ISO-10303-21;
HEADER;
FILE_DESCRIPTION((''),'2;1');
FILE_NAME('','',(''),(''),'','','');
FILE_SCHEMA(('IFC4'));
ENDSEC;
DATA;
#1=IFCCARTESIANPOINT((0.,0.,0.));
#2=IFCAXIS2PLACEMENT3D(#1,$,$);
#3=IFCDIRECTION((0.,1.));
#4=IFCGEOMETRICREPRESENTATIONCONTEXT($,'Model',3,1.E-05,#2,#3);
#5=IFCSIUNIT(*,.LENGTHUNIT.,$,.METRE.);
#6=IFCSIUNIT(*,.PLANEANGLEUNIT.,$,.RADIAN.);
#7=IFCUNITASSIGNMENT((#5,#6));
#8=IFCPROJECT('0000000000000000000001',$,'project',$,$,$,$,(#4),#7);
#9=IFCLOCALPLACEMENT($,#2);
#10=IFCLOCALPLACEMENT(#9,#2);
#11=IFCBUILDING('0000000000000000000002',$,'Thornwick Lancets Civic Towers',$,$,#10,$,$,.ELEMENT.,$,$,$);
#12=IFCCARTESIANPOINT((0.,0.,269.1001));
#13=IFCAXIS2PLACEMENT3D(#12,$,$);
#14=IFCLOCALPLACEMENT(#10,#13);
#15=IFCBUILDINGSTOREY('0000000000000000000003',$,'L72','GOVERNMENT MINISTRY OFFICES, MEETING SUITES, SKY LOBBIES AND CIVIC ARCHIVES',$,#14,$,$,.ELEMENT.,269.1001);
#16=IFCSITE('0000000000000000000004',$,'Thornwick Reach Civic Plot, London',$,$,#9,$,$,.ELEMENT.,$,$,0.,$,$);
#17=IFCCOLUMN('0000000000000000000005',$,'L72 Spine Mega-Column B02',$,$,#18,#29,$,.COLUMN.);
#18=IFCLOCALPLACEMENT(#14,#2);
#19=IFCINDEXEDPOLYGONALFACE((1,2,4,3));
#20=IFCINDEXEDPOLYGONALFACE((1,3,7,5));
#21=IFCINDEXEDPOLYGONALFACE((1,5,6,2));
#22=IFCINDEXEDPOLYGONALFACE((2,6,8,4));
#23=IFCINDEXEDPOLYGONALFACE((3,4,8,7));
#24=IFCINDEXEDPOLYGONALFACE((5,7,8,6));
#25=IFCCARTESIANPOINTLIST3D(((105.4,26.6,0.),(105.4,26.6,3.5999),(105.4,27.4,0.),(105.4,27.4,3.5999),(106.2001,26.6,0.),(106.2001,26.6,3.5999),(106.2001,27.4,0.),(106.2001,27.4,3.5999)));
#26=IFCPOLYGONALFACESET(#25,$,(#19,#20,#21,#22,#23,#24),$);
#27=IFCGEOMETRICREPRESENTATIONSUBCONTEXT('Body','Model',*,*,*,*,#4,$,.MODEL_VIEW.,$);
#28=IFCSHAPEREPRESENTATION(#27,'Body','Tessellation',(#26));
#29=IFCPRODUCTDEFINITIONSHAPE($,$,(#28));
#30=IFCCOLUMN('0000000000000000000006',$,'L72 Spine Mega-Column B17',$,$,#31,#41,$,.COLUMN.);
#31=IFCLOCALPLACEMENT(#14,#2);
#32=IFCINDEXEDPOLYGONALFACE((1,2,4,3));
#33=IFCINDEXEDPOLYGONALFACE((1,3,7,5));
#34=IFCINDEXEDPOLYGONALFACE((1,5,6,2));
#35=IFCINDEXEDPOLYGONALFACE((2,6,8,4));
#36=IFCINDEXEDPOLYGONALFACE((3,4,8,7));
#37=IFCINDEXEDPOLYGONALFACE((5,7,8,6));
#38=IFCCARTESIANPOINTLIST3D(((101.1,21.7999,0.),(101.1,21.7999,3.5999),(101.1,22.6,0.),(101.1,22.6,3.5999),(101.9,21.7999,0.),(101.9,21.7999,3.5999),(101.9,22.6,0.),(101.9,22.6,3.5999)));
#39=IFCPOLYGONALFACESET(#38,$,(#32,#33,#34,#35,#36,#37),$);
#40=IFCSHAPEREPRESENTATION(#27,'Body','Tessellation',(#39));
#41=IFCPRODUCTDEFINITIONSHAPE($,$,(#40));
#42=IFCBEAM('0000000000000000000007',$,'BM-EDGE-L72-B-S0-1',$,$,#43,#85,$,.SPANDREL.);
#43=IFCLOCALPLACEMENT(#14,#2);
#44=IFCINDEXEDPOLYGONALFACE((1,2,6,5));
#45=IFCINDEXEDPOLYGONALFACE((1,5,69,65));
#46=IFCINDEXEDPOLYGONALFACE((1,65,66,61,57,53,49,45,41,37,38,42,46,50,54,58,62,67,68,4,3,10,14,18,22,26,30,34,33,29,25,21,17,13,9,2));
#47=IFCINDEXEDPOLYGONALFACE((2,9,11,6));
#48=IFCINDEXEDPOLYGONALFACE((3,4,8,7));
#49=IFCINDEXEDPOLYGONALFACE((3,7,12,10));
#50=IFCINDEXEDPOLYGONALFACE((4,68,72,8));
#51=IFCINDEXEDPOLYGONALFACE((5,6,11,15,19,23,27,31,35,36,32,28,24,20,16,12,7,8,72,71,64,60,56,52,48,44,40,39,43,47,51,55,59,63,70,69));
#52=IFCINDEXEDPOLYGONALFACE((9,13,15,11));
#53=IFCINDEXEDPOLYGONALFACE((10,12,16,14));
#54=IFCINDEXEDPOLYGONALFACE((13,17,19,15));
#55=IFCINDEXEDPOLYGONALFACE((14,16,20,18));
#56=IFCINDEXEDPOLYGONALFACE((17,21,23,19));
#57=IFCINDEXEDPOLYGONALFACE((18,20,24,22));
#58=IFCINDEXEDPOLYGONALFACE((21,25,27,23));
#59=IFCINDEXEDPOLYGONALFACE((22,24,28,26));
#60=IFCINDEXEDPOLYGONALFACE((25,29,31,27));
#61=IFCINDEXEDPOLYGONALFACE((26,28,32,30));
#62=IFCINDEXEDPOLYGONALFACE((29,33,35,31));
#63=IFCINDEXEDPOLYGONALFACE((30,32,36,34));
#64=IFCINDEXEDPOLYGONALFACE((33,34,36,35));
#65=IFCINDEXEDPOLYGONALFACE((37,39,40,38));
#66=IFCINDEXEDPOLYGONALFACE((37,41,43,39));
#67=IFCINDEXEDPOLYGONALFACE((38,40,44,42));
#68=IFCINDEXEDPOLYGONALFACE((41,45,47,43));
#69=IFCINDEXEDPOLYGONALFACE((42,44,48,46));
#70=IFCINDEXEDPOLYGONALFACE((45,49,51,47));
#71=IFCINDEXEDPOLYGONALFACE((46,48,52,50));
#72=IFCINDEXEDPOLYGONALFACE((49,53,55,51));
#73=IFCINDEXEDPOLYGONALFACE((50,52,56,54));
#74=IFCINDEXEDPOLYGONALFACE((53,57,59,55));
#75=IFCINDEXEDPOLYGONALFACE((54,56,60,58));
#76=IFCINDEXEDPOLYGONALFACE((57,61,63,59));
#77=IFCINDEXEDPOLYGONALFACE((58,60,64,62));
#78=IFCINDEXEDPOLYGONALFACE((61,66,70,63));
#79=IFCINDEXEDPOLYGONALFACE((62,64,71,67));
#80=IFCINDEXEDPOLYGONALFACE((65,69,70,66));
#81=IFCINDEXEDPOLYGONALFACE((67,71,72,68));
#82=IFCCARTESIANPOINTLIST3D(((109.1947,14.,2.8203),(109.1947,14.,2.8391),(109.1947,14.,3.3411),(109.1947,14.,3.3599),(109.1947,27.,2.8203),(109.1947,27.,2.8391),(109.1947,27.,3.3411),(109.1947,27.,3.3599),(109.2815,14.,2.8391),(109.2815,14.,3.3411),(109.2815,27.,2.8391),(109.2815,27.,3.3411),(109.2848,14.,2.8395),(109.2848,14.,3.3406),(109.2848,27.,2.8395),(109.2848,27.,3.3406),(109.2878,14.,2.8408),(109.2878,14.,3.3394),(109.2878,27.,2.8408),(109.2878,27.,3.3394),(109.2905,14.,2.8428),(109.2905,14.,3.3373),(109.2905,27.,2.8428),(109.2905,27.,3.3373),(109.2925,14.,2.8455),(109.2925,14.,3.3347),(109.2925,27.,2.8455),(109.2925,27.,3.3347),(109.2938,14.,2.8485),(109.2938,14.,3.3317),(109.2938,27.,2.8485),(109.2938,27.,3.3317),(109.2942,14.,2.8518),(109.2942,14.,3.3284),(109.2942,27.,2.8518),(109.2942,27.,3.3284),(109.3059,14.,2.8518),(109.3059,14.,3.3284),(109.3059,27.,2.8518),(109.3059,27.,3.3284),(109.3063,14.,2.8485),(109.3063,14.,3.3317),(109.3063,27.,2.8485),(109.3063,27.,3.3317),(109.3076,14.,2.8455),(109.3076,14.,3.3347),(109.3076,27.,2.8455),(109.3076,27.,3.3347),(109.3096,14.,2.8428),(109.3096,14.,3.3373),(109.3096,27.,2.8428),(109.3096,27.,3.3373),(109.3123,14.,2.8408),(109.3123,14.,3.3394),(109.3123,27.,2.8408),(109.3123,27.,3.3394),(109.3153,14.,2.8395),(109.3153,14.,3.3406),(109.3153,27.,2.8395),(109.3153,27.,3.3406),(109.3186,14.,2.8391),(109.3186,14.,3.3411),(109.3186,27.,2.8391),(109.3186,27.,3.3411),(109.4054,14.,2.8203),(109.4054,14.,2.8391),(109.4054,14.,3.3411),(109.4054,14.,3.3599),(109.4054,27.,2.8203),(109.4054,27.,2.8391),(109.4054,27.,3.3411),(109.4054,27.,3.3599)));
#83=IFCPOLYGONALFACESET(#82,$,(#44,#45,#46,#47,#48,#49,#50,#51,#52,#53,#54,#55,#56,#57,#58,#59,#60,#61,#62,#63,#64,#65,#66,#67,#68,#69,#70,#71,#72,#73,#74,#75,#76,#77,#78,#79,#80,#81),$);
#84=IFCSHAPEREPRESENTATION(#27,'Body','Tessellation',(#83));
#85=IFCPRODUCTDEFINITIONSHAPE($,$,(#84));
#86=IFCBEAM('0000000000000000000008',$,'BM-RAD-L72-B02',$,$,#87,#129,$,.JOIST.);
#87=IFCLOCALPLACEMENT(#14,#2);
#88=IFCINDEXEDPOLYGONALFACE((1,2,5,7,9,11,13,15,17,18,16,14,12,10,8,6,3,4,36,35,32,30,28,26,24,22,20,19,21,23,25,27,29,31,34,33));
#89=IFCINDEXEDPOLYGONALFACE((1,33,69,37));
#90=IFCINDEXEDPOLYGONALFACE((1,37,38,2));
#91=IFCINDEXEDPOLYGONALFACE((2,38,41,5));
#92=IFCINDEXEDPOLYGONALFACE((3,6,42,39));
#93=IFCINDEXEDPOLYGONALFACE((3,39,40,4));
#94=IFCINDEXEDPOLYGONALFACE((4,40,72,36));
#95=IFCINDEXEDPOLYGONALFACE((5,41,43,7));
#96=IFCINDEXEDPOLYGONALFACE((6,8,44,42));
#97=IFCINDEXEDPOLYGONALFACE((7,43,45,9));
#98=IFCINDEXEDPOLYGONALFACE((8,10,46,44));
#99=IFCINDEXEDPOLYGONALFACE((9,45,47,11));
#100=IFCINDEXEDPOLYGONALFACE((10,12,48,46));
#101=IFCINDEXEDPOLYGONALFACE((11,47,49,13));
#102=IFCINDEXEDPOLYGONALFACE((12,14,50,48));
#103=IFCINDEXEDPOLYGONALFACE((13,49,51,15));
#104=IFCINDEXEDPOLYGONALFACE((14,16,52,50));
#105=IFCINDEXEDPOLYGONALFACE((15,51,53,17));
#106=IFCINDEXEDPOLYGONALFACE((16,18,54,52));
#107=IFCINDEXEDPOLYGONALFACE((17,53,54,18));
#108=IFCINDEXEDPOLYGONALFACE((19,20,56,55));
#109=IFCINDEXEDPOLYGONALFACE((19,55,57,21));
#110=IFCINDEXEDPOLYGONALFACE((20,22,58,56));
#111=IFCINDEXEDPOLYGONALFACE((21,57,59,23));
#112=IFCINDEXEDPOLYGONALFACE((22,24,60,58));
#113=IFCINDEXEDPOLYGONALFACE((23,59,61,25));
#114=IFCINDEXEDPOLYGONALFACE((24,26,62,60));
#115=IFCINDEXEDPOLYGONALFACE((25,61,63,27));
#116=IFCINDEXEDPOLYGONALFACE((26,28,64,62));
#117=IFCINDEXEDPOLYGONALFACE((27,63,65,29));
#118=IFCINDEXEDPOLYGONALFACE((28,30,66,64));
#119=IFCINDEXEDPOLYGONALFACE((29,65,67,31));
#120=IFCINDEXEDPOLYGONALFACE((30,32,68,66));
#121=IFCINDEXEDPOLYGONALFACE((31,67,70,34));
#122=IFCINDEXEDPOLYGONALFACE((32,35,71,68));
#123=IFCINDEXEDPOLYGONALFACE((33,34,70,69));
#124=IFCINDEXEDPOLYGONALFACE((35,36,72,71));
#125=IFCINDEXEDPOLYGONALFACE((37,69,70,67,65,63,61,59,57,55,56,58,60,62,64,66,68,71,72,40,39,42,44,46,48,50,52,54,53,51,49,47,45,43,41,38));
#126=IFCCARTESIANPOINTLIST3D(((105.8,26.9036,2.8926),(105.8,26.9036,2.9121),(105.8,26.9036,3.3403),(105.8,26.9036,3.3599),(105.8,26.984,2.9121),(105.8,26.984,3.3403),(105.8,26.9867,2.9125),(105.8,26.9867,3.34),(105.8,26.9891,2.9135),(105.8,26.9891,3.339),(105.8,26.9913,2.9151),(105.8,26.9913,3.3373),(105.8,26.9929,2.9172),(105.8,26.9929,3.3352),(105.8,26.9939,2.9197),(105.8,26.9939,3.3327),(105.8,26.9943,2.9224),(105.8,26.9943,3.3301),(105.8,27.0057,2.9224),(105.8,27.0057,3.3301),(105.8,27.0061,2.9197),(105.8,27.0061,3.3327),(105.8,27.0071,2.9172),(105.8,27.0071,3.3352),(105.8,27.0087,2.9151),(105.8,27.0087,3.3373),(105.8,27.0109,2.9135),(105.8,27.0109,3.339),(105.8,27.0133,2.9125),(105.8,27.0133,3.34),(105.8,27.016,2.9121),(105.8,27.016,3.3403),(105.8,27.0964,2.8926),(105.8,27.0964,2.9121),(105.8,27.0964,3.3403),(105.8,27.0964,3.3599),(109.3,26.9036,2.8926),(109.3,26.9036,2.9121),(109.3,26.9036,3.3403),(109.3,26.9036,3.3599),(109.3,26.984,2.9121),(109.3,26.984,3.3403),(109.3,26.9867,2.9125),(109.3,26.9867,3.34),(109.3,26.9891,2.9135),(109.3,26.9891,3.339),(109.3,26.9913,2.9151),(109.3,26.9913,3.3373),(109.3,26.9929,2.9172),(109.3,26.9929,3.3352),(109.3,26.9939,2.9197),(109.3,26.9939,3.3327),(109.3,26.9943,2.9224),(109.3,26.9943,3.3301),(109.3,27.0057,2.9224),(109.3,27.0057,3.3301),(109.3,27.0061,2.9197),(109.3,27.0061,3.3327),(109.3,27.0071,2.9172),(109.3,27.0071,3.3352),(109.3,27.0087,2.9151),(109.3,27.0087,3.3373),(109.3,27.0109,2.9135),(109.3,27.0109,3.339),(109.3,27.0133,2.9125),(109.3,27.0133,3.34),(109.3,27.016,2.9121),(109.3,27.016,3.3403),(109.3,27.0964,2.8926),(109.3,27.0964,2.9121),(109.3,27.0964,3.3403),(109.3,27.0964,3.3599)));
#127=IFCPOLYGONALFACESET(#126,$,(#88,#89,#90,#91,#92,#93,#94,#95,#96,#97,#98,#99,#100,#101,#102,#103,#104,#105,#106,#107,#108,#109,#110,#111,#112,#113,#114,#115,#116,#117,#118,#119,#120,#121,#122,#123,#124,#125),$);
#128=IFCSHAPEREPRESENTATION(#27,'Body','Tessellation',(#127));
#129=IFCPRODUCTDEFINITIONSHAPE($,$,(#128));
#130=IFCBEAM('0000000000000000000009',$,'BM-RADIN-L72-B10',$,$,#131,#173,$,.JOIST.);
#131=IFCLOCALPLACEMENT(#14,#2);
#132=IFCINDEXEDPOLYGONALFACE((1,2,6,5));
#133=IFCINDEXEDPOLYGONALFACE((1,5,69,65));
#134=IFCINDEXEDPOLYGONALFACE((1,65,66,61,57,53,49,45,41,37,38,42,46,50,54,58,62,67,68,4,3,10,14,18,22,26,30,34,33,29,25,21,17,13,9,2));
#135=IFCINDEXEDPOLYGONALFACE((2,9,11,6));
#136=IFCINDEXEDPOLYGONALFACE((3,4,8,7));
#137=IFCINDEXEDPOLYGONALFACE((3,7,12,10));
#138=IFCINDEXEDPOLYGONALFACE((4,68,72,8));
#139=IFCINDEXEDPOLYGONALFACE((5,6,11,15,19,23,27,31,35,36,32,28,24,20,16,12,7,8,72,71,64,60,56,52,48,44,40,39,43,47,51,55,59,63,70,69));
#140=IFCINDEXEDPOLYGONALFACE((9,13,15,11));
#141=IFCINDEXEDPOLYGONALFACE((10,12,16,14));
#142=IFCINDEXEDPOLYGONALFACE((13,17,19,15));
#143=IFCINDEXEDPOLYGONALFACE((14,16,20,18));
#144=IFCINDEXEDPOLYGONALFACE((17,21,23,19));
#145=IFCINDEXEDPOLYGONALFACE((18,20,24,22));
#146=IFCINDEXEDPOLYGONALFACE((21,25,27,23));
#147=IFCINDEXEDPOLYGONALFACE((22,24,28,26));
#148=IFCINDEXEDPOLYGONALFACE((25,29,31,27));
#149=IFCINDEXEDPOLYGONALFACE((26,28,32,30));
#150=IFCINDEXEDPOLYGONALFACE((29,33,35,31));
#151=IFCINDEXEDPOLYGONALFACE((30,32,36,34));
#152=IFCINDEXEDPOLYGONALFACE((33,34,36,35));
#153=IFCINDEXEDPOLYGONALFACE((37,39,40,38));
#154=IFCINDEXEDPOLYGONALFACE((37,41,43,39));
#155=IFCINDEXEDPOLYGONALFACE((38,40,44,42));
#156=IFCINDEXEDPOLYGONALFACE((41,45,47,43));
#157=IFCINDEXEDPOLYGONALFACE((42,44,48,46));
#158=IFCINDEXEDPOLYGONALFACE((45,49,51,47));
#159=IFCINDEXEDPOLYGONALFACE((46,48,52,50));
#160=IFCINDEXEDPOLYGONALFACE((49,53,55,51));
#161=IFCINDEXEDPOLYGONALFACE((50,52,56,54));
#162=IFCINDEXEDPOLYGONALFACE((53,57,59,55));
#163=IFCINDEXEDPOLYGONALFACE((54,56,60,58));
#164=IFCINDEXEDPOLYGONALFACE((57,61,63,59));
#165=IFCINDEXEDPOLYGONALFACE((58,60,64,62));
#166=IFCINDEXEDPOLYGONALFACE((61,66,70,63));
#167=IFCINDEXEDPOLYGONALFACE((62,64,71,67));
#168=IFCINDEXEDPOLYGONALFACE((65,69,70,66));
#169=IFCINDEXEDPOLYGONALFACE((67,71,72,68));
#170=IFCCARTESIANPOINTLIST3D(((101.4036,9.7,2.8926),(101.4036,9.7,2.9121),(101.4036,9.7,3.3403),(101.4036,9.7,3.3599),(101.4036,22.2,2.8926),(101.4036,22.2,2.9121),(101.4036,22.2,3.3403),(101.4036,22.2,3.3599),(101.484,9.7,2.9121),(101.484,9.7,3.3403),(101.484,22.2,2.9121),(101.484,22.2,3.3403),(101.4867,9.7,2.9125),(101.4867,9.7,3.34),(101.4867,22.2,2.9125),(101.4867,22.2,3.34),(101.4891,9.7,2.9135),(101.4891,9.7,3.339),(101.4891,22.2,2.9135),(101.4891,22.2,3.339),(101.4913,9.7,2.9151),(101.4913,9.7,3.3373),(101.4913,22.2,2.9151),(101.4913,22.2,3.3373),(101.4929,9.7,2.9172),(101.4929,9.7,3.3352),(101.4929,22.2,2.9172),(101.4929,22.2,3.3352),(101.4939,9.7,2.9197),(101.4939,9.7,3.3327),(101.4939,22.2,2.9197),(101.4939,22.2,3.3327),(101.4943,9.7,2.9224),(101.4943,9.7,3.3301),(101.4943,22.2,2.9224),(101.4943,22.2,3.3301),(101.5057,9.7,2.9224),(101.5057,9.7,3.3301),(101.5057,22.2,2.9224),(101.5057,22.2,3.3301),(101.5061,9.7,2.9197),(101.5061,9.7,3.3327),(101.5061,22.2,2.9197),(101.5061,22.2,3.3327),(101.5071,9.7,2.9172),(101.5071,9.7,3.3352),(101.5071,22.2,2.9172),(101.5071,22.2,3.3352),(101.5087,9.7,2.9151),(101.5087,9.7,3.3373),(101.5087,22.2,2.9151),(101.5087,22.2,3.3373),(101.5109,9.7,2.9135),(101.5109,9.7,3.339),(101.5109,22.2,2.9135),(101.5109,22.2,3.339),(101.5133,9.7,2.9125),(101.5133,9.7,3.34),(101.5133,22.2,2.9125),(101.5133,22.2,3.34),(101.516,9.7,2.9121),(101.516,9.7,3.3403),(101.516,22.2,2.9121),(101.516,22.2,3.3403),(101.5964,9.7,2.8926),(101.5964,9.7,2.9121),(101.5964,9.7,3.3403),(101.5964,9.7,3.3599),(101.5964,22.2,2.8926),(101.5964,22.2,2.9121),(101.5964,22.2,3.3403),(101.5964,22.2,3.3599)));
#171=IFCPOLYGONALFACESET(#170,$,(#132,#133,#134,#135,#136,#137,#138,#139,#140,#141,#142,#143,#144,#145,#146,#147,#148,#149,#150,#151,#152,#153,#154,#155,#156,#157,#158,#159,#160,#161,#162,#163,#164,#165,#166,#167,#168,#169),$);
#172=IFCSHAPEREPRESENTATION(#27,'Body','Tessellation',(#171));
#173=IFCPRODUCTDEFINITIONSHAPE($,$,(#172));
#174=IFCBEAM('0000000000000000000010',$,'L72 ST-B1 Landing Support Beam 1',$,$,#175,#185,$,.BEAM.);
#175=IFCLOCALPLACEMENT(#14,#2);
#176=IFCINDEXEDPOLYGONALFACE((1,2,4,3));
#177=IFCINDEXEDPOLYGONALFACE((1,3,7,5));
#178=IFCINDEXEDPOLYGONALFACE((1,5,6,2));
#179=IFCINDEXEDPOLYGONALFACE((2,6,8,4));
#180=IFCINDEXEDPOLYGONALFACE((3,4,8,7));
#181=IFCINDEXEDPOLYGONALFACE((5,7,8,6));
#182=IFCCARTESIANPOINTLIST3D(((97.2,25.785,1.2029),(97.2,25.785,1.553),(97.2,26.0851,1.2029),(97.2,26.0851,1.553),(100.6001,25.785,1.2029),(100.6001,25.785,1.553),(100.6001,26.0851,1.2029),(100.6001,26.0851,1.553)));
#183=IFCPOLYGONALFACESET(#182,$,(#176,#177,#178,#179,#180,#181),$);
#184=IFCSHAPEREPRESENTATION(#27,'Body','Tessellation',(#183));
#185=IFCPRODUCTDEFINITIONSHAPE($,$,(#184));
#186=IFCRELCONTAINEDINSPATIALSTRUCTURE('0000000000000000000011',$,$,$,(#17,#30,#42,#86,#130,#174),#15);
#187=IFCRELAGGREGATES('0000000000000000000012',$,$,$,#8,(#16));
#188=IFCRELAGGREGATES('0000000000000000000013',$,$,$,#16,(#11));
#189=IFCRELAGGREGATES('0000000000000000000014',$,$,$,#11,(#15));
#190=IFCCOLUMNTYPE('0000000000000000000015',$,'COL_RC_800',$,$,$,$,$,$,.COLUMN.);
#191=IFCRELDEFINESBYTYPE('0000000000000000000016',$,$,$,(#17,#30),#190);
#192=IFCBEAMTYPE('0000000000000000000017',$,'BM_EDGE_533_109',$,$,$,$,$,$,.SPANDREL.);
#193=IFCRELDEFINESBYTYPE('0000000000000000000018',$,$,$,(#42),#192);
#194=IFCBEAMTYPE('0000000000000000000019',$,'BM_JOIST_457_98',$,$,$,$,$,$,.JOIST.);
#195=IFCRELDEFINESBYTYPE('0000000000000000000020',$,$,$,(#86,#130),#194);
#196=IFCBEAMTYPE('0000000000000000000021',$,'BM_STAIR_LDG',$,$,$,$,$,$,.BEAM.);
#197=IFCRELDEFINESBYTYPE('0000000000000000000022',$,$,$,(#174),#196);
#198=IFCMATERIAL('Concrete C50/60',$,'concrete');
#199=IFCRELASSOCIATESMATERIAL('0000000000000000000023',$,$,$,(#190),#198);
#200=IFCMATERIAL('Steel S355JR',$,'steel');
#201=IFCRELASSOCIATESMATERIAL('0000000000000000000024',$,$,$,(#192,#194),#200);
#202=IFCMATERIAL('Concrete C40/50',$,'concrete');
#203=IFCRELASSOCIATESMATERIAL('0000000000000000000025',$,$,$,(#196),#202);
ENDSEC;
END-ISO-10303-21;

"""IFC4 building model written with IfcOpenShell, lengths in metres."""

from ifc_helpers import new_model, si_unit, direction, frame, origin, origin_2d, place, context, subcontext, project, spatial, rectangle, i_section, extrude, material, material_profile, profile_set, type_object, element, save


model = new_model("IFC4")

# Units and contexts
model_context = context("Model", 3, precision=1e-05, world=origin(), true_north=direction((0.0, 1.0)))
body_context = subcontext(model_context, "Body", "Model", "MODEL_VIEW")
ifc_project = project(units=[si_unit("LENGTHUNIT", "METRE"), si_unit("PLANEANGLEUNIT", "RADIAN")], contexts=[model_context])

# Site, building, storey
site_placement = place(None, origin())
site = spatial("IfcSite", under=ifc_project, at=site_placement, Name="Thornwick Reach Civic Plot, London", CompositionType="ELEMENT", RefElevation=0.0)
building_placement = place(site_placement, origin())
building = spatial("IfcBuilding", under=site, at=building_placement, Name="Thornwick Lancets Civic Towers", CompositionType="ELEMENT")
storey_placement = place(building_placement, frame((0.0, 0.0, 269.1001)))
storey = spatial("IfcBuildingStorey", under=building, at=storey_placement, Name="L72", Description="GOVERNMENT MINISTRY OFFICES, MEETING SUITES, SKY LOBBIES AND CIVIC ARCHIVES", CompositionType="ELEMENT", Elevation=269.1001)

# Columns
ifc_material_1 = material(Name="Concrete C50/60", Category="concrete")
ifc_material_profile_1 = material_profile(ifc_material_1, rectangle(XDim=0.8, YDim=0.8, at=origin_2d()), Name="RC 800x800")
ifc_profile_set_1 = profile_set([ifc_material_profile_1], Name="Concrete C50/60")
column_type = type_object("IfcColumnType", Name="COL_RC_800", PredefinedType="COLUMN", material=ifc_profile_set_1)
for number, where, z_axis, x_axis, name in (
    (1, (105.8, 27.0, 0.0), (0.0, 0.0, 1.0), (1.0, 0.0, 0.0), "L72 Spine Mega-Column B02"),
    (2, (101.5, 22.2, 0.0), (0.0, 0.0, 1.0), (1.0, 0.0, 0.0), "L72 Spine Mega-Column B17"),
):
    element("IfcColumn", number, at=place(storey_placement, frame(where, z_axis=z_axis, x_axis=x_axis)), inside=storey, type_object=column_type, Name=name, PredefinedType="COLUMN", context=body_context, shape_type="SweptSolid", body=[
        extrude(rectangle(XDim=0.8, YDim=0.8, at=origin_2d()), origin(), (0.0, 0.0, 1.0), 3.5999),
    ])

# Beams
ifc_material_2 = material(Name="Steel S355JR", Category="steel")
ifc_material_profile_2 = material_profile(ifc_material_2, i_section(OverallWidth=0.2107, OverallDepth=0.5396, WebThickness=0.0117, FlangeThickness=0.0188, FilletRadius=0.0127, at=origin_2d()), Name="UKB 533x210x109")
ifc_profile_set_2 = profile_set([ifc_material_profile_2], Name="Steel S355JR")
beam_type_1 = type_object("IfcBeamType", Name="BM_EDGE_533_109", PredefinedType="SPANDREL", material=ifc_profile_set_2)
beam_1_placement = place(storey_placement, frame((109.3, 14.0, 3.0901), z_axis=(0.0, 1.0, 0.0), x_axis=(-1.0, 0.0, 0.0)))
element("IfcBeam", 3, at=beam_1_placement, inside=storey, type_object=beam_type_1, Name="BM-EDGE-L72-B-S0-1", PredefinedType="SPANDREL", context=body_context, shape_type="SweptSolid", body=[
    extrude(i_section(OverallWidth=0.2107, OverallDepth=0.5396, WebThickness=0.0117, FlangeThickness=0.0188, FilletRadius=0.0127, at=origin_2d()), origin(), (0.0, 0.0, 1.0), 13.0),
])
ifc_material_profile_3 = material_profile(ifc_material_2, i_section(OverallWidth=0.1929, OverallDepth=0.4673, WebThickness=0.0115, FlangeThickness=0.0195, FilletRadius=0.0103, at=origin_2d()), Name="UKB 457x191x98")
ifc_profile_set_3 = profile_set([ifc_material_profile_3], Name="Steel S355JR")
beam_type_2 = type_object("IfcBeamType", Name="BM_JOIST_457_98", PredefinedType="JOIST", material=ifc_profile_set_3)
beam_2_placement = place(storey_placement, frame((105.8, 27.0, 3.1262), z_axis=(1.0, 0.0, 0.0), x_axis=(0.0, 1.0, 0.0)))
element("IfcBeam", 4, at=beam_2_placement, inside=storey, type_object=beam_type_2, Name="BM-RAD-L72-B02", PredefinedType="JOIST", context=body_context, shape_type="SweptSolid", body=[
    extrude(i_section(OverallWidth=0.1929, OverallDepth=0.4673, WebThickness=0.0115, FlangeThickness=0.0195, FilletRadius=0.0103, at=origin_2d()), origin(), (0.0, 0.0, 1.0), 3.5),
])
beam_3_placement = place(storey_placement, frame((101.5, 22.2, 3.1262), z_axis=(0.0, -1.0, 0.0), x_axis=(1.0, 0.0, 0.0)))
element("IfcBeam", 5, at=beam_3_placement, inside=storey, type_object=beam_type_2, Name="BM-RADIN-L72-B10", PredefinedType="JOIST", context=body_context, shape_type="SweptSolid", body=[
    extrude(i_section(OverallWidth=0.1929, OverallDepth=0.4673, WebThickness=0.0115, FlangeThickness=0.0195, FilletRadius=0.0103, at=origin_2d()), origin(), (0.0, 0.0, 1.0), 12.5),
])
ifc_material_3 = material(Name="Concrete C40/50", Category="concrete")
ifc_material_profile_4 = material_profile(ifc_material_3, rectangle(XDim=0.3, YDim=0.3501, at=origin_2d()), Name="RC 300x350")
ifc_profile_set_4 = profile_set([ifc_material_profile_4], Name="Concrete C40/50")
beam_type_3 = type_object("IfcBeamType", Name="BM_STAIR_LDG", PredefinedType="BEAM", material=ifc_profile_set_4)
beam_4_placement = place(storey_placement, frame((100.6001, 25.9351, 1.3779), z_axis=(-1.0, 0.0, 0.0), x_axis=(0.0, -1.0, 0.0)))
element("IfcBeam", 6, at=beam_4_placement, inside=storey, type_object=beam_type_3, Name="L72 ST-B1 Landing Support Beam 1", PredefinedType="BEAM", context=body_context, shape_type="SweptSolid", body=[
    extrude(rectangle(XDim=0.3, YDim=0.3501, at=origin_2d()), origin(), (0.0, 0.0, 1.0), 3.4001),
])

save(model, "model.ifc")
